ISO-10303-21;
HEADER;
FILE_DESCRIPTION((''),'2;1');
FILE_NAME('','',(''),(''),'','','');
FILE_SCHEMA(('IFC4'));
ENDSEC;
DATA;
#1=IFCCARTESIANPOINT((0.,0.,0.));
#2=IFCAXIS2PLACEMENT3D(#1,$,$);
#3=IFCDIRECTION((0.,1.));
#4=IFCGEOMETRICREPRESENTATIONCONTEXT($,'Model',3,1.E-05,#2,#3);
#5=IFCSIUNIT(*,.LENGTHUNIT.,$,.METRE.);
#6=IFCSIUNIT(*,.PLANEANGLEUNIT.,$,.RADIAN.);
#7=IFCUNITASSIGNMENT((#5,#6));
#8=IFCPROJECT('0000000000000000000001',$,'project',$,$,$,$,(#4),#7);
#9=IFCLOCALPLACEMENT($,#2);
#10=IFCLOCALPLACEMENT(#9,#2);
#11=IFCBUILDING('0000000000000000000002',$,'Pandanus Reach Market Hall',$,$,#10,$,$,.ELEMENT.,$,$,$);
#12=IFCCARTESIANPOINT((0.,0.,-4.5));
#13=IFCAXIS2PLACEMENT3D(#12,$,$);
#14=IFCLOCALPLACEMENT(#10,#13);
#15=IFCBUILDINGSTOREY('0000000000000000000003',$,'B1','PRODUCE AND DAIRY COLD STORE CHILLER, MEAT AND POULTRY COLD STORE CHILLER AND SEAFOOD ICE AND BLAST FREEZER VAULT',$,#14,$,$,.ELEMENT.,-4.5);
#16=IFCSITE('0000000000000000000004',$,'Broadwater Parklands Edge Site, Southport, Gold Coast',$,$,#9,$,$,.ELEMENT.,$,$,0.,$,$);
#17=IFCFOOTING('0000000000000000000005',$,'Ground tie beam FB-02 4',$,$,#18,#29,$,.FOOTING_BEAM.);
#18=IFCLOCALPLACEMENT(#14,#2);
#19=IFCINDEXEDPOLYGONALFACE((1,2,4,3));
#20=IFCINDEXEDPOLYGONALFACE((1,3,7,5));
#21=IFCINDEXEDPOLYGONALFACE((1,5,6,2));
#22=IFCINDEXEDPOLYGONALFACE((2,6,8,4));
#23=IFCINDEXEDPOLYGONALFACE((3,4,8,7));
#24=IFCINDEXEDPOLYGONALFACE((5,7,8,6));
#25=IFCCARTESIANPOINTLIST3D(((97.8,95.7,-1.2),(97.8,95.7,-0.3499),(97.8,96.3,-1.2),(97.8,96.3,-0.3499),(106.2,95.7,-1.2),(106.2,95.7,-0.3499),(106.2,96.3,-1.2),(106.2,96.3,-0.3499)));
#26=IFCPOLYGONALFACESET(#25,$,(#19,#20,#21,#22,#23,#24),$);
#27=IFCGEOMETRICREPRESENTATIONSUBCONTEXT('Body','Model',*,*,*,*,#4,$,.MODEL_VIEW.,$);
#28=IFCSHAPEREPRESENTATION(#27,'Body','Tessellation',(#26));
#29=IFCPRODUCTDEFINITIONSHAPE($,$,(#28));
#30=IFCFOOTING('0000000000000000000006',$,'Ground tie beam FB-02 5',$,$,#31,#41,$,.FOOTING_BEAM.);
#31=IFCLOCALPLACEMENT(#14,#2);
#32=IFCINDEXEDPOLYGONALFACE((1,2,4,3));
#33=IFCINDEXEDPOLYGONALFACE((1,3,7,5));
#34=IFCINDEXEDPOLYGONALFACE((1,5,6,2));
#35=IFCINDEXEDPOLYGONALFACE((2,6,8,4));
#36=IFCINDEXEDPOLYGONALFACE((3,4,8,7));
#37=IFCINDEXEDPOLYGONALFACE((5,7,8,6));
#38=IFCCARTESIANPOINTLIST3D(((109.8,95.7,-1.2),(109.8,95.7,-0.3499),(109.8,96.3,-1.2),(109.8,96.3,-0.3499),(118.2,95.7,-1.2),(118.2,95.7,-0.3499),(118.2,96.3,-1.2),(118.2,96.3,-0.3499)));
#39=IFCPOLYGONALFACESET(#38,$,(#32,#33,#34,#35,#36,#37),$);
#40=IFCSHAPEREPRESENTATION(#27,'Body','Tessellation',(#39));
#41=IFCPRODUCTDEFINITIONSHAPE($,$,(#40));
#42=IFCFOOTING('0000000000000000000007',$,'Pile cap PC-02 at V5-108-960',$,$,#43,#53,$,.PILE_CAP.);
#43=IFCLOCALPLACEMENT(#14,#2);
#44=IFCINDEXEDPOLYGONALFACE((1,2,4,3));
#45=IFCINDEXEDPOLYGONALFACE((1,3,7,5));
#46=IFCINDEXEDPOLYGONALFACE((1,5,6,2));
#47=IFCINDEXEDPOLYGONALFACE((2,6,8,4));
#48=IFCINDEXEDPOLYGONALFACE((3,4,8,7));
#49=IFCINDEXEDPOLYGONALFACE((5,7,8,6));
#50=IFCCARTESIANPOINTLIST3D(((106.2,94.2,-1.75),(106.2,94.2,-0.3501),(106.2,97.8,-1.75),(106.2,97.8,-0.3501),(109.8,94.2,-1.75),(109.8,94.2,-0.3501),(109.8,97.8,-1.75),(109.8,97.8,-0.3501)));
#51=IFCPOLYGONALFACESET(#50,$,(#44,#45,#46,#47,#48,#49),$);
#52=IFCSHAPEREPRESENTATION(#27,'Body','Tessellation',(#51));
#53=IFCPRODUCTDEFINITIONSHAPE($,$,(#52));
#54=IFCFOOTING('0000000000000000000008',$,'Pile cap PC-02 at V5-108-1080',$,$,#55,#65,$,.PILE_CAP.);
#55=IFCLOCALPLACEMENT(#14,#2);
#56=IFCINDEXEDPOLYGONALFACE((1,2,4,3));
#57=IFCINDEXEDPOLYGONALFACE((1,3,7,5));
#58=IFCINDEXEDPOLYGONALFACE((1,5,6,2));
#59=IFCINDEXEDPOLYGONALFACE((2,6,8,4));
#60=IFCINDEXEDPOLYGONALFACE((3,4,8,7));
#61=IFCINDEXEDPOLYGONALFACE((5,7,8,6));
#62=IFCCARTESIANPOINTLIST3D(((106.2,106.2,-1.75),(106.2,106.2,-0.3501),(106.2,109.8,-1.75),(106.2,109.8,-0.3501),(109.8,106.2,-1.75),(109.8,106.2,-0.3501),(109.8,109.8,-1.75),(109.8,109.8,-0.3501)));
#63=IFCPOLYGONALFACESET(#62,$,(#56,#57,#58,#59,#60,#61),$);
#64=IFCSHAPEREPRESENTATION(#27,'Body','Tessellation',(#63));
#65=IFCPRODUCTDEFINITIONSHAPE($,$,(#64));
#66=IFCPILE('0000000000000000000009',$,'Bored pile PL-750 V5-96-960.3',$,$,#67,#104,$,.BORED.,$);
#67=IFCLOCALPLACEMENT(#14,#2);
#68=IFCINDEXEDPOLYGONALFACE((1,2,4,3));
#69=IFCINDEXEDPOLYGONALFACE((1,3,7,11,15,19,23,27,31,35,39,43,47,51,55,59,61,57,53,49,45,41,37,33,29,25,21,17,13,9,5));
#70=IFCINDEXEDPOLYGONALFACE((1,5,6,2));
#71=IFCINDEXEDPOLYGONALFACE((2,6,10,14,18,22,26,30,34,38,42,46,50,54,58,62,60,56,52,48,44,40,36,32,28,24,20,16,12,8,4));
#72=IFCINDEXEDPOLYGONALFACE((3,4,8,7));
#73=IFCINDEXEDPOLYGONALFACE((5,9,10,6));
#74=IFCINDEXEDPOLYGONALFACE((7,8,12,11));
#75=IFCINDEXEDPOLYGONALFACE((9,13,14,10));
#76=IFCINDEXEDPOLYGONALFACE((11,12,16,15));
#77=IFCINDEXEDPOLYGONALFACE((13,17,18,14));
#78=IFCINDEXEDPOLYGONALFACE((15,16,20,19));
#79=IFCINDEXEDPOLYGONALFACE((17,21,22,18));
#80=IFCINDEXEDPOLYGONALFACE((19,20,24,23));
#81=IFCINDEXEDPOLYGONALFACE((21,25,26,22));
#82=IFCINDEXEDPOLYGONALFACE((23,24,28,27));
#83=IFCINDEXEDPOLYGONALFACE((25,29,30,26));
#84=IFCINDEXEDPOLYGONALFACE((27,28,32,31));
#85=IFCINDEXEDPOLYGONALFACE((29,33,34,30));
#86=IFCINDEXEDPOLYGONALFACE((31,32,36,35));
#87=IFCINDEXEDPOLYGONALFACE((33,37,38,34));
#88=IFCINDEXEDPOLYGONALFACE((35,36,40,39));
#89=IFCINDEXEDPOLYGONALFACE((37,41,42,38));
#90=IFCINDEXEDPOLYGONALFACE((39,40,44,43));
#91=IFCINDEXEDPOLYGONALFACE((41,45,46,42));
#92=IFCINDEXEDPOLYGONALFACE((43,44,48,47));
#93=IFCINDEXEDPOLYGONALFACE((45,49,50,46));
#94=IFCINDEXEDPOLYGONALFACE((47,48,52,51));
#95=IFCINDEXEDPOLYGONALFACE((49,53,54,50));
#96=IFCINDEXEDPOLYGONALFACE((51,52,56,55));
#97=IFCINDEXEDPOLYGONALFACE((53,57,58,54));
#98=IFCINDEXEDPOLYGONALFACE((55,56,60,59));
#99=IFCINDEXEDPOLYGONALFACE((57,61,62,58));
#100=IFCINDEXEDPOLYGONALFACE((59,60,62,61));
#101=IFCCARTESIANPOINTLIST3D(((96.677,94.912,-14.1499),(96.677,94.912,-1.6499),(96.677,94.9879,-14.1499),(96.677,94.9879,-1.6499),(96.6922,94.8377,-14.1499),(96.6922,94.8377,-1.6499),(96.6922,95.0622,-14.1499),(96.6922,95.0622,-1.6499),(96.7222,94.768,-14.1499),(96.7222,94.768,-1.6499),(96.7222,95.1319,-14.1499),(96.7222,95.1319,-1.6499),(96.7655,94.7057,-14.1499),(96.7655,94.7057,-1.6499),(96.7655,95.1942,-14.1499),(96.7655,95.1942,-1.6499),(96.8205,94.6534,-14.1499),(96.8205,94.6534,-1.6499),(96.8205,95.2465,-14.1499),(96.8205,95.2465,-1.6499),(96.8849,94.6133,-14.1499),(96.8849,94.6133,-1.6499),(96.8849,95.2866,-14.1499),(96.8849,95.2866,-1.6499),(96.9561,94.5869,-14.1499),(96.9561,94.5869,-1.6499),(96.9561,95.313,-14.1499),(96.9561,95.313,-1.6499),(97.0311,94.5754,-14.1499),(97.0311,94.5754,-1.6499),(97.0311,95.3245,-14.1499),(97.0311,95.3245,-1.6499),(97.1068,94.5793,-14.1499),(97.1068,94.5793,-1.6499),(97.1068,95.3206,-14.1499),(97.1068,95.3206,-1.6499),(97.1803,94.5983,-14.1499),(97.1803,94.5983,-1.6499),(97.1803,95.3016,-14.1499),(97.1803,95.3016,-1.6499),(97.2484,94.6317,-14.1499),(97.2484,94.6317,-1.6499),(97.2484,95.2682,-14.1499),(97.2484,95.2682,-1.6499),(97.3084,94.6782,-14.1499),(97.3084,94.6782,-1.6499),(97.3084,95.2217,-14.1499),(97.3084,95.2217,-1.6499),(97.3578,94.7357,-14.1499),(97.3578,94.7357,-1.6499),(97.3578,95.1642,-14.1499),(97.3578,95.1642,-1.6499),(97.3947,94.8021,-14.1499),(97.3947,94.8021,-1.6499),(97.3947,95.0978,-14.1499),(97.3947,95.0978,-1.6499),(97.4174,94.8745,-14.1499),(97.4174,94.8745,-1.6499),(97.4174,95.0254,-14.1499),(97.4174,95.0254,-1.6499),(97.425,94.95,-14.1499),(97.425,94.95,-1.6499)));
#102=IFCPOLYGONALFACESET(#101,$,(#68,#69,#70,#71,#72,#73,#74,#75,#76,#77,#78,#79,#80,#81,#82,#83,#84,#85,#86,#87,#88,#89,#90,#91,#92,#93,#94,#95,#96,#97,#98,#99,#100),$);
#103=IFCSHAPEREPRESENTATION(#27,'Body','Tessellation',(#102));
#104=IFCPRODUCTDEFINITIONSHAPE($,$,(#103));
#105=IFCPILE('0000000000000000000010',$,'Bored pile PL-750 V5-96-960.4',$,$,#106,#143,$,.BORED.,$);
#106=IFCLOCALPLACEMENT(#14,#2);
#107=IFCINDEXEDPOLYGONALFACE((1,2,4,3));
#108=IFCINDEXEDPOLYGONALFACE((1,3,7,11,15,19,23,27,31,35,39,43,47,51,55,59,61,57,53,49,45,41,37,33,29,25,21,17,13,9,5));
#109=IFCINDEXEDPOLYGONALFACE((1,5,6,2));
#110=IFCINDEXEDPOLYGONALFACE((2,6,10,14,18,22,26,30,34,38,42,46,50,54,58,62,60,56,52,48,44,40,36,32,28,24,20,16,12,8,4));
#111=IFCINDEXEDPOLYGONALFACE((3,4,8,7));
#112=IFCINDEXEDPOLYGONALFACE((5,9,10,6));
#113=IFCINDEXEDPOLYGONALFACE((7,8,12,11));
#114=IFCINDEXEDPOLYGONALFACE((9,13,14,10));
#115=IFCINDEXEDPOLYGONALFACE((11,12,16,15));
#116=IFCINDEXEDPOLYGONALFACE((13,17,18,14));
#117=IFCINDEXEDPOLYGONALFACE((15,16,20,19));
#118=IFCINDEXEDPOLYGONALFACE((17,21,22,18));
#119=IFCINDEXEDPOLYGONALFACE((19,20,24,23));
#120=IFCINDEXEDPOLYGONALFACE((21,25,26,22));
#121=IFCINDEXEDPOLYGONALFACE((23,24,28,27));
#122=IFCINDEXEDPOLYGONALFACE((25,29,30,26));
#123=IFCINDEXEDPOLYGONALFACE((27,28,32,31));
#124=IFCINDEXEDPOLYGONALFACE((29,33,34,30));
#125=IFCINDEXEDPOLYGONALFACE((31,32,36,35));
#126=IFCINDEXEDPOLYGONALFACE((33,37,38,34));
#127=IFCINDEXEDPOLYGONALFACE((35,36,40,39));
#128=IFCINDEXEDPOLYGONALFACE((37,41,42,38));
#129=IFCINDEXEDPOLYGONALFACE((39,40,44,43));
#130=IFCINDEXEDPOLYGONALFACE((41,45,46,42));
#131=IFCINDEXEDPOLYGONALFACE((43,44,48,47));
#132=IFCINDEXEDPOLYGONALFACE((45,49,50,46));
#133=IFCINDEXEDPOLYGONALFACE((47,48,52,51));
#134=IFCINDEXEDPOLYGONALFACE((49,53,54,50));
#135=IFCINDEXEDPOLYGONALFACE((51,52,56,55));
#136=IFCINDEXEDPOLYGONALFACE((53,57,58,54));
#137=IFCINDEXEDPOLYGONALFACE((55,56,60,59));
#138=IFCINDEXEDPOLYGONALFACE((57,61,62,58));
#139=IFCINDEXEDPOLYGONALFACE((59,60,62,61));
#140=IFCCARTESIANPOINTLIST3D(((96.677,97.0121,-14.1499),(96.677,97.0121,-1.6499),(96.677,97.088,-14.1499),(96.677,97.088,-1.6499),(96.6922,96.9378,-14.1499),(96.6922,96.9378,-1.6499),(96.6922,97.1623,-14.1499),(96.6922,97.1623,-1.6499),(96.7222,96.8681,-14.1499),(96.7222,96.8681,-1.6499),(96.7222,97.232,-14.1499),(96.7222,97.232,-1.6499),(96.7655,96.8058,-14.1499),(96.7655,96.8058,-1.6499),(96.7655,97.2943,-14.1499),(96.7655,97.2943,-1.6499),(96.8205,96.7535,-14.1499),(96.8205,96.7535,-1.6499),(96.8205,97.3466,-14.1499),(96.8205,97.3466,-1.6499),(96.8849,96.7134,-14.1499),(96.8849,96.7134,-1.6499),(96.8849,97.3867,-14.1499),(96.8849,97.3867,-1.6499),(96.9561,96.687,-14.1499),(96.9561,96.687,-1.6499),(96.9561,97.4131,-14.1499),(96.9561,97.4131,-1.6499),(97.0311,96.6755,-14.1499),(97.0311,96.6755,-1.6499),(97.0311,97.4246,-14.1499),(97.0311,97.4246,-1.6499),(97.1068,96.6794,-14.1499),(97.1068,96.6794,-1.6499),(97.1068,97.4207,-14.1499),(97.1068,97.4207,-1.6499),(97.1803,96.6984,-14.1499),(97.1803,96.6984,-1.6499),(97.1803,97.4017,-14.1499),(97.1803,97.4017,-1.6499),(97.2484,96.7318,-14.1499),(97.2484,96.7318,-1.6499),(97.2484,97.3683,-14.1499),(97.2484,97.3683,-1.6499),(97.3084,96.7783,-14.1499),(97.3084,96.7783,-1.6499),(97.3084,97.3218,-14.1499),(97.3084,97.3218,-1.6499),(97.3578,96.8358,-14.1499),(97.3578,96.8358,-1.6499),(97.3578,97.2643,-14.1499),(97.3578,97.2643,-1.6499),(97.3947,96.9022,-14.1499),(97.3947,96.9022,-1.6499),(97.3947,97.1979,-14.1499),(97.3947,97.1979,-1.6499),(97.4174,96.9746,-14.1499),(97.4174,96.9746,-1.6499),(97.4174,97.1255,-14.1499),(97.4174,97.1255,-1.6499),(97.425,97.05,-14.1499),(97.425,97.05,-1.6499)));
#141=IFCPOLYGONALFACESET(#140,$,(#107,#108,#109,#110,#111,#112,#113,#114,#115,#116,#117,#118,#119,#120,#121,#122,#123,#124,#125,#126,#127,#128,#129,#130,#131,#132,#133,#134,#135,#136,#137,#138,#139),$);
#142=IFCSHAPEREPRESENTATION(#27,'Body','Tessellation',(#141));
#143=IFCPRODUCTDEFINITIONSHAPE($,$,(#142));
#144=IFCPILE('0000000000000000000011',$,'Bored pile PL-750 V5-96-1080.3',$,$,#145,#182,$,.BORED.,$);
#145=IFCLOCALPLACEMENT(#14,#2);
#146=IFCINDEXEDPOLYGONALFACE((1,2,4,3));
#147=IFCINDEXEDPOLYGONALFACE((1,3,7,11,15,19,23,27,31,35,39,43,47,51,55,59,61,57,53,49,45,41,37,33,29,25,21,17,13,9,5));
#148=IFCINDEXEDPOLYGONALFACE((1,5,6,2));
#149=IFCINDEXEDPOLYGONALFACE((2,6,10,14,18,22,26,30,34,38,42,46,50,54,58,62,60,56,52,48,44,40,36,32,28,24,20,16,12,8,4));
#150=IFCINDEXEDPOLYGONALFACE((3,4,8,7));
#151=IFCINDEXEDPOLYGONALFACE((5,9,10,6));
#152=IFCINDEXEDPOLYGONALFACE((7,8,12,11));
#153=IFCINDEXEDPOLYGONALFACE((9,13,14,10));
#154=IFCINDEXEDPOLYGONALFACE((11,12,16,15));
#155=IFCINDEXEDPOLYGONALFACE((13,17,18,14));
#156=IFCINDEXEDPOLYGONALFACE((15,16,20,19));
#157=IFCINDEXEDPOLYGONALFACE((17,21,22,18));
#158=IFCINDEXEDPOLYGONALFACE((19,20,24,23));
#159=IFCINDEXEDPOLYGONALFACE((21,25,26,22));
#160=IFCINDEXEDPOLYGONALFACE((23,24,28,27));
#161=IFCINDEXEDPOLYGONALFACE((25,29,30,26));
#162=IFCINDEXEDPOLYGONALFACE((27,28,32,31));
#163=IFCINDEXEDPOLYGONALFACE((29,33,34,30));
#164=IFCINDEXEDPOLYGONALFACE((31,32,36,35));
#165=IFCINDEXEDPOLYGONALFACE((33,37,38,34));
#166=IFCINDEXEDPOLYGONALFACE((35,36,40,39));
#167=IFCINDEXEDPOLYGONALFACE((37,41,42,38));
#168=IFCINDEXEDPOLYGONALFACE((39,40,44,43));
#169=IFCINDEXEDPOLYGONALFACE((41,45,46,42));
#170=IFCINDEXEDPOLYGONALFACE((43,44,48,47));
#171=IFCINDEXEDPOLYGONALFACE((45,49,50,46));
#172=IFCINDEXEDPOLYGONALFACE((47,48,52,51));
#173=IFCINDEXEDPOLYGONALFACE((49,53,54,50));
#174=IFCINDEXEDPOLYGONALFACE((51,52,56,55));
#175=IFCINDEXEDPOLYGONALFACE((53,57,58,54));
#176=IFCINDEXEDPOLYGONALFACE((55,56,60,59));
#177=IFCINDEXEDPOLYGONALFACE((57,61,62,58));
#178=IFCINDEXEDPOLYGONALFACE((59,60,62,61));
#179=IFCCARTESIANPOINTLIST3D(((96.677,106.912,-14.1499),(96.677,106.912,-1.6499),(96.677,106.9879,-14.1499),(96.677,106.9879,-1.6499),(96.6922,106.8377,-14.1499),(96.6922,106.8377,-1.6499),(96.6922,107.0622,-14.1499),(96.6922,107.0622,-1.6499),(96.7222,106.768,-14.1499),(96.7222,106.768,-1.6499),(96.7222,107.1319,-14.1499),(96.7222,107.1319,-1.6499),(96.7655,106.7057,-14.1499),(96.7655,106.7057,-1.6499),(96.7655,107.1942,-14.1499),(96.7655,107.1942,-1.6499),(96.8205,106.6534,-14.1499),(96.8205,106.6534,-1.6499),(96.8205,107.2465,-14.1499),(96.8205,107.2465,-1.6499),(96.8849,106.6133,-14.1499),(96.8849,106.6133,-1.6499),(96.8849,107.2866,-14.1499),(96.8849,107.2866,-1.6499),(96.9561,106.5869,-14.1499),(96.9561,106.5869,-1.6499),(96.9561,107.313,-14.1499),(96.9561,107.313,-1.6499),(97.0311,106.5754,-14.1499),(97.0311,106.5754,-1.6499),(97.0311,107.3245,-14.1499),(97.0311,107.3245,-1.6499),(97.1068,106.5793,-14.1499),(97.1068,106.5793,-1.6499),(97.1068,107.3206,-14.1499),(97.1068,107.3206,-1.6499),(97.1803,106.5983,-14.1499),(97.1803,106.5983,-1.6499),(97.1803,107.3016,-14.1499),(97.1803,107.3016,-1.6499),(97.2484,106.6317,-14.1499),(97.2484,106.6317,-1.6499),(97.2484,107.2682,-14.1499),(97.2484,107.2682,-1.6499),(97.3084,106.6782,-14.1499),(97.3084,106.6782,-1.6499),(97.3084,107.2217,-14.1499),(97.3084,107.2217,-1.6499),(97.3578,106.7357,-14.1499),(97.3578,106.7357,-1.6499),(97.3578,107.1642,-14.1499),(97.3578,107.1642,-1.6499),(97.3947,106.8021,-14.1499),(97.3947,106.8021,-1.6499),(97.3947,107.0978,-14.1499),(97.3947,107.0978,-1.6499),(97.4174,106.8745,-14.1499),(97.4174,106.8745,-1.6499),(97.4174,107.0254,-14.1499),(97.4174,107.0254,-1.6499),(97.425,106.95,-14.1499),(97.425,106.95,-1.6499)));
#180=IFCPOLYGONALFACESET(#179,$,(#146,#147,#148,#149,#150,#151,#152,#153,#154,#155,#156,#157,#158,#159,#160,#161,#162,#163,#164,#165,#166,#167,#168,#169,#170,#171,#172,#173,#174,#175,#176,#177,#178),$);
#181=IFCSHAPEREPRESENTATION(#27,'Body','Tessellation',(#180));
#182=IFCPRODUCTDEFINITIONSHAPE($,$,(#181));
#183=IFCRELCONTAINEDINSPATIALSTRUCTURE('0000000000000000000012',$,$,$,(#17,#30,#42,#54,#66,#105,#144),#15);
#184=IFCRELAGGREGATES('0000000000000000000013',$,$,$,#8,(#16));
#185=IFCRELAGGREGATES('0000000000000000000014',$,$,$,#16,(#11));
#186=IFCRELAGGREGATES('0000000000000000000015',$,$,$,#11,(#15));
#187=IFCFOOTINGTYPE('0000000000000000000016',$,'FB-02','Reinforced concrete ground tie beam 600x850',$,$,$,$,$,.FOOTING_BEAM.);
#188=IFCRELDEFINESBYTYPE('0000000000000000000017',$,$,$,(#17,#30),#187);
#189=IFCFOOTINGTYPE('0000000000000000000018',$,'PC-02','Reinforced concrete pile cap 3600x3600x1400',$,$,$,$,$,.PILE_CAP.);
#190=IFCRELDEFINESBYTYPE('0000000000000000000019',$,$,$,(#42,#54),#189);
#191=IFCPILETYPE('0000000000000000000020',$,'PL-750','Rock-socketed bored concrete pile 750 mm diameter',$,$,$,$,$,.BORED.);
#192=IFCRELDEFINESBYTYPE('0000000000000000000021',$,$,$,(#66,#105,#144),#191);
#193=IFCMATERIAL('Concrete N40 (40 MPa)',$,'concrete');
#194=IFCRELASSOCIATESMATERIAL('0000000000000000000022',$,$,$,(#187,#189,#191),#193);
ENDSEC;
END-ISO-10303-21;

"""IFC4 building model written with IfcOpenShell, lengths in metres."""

from ifc_helpers import new_model, si_unit, direction, frame, origin, origin_2d, place, context, subcontext, project, spatial, rectangle, circle, extrude, material, material_profile, profile_set, type_object, element, save


model = new_model("IFC4")

# Units and contexts
model_context = context("Model", 3, precision=1e-05, world=origin(), true_north=direction((0.0, 1.0)))
body_context = subcontext(model_context, "Body", "Model", "MODEL_VIEW")
ifc_project = project(units=[si_unit("LENGTHUNIT", "METRE"), si_unit("PLANEANGLEUNIT", "RADIAN")], contexts=[model_context])

# Site, building, storey
site_placement = place(None, origin())
site = spatial("IfcSite", under=ifc_project, at=site_placement, Name="Broadwater Parklands Edge Site, Southport, Gold Coast", CompositionType="ELEMENT", RefElevation=0.0)
building_placement = place(site_placement, origin())
building = spatial("IfcBuilding", under=site, at=building_placement, Name="Pandanus Reach Market Hall", CompositionType="ELEMENT")
storey_placement = place(building_placement, frame((0.0, 0.0, -4.5)))
storey = spatial("IfcBuildingStorey", under=building, at=storey_placement, Name="B1", Description="PRODUCE AND DAIRY COLD STORE CHILLER, MEAT AND POULTRY COLD STORE CHILLER AND SEAFOOD ICE AND BLAST FREEZER VAULT", CompositionType="ELEMENT", Elevation=-4.5)

# Footings
ifc_material_1 = material(Name="Concrete N40 (40 MPa)", Category="concrete")
footing_type_1 = type_object("IfcFootingType", Name="FB-02", Description="Reinforced concrete ground tie beam 600x850", PredefinedType="FOOTING_BEAM", material=ifc_material_1)
for number, where, z_axis, x_axis, name in (
    (1, (102.0, 96.0, -1.2), (0.0, 0.0, 1.0), (1.0, 0.0, 0.0), "Ground tie beam FB-02 4"),
    (2, (114.0, 96.0, -1.2), (0.0, 0.0, 1.0), (1.0, 0.0, 0.0), "Ground tie beam FB-02 5"),
):
    element("IfcFooting", number, at=place(storey_placement, frame(where, z_axis=z_axis, x_axis=x_axis)), inside=storey, type_object=footing_type_1, Name=name, PredefinedType="FOOTING_BEAM", context=body_context, shape_type="SweptSolid", body=[
        extrude(rectangle(XDim=8.3999, YDim=0.6001, at=origin_2d()), origin(), (0.0, 0.0, 1.0), 0.8501),
    ])
footing_type_2 = type_object("IfcFootingType", Name="PC-02", Description="Reinforced concrete pile cap 3600x3600x1400", PredefinedType="PILE_CAP", material=ifc_material_1)
for number, where, z_axis, x_axis, name in (
    (3, (108.0, 96.0, -1.75), (0.0, 0.0, 1.0), (1.0, 0.0, 0.0), "Pile cap PC-02 at V5-108-960"),
    (4, (108.0, 108.0, -1.75), (0.0, 0.0, 1.0), (1.0, 0.0, 0.0), "Pile cap PC-02 at V5-108-1080"),
):
    element("IfcFooting", number, at=place(storey_placement, frame(where, z_axis=z_axis, x_axis=x_axis)), inside=storey, type_object=footing_type_2, Name=name, PredefinedType="PILE_CAP", context=body_context, shape_type="SweptSolid", body=[
        extrude(rectangle(XDim=3.6001, YDim=3.6001, at=origin_2d()), origin(), (0.0, 0.0, 1.0), 1.3999),
    ])

# Piles
ifc_material_profile_1 = material_profile(ifc_material_1, circle(Radius=0.375, at=origin_2d()), Name="PILE-750D", Category="LoadBearing")
ifc_profile_set_1 = profile_set([ifc_material_profile_1], Name="Concrete N40 (40 MPa)")
pile_type = type_object("IfcPileType", Name="PL-750", Description="Rock-socketed bored concrete pile 750 mm diameter", PredefinedType="BORED", material=ifc_profile_set_1)
for number, where, z_axis, x_axis, name in (
    (5, (97.05, 94.95, -1.6499), (0.0, 0.0, -1.0), (1.0, 0.0, 0.0), "Bored pile PL-750 V5-96-960.3"),
    (6, (97.05, 97.05, -1.6499), (0.0, 0.0, -1.0), (1.0, 0.0, 0.0), "Bored pile PL-750 V5-96-960.4"),
    (7, (97.05, 106.95, -1.6499), (0.0, 0.0, -1.0), (1.0, 0.0, 0.0), "Bored pile PL-750 V5-96-1080.3"),
):
    element("IfcPile", number, at=place(storey_placement, frame(where, z_axis=z_axis, x_axis=x_axis)), inside=storey, type_object=pile_type, Name=name, PredefinedType="BORED", context=body_context, shape_type="SweptSolid", body=[
        extrude(circle(Radius=0.375, at=origin_2d()), origin(), (0.0, 0.0, 1.0), 12.5),
    ])

save(model, "model.ifc")
